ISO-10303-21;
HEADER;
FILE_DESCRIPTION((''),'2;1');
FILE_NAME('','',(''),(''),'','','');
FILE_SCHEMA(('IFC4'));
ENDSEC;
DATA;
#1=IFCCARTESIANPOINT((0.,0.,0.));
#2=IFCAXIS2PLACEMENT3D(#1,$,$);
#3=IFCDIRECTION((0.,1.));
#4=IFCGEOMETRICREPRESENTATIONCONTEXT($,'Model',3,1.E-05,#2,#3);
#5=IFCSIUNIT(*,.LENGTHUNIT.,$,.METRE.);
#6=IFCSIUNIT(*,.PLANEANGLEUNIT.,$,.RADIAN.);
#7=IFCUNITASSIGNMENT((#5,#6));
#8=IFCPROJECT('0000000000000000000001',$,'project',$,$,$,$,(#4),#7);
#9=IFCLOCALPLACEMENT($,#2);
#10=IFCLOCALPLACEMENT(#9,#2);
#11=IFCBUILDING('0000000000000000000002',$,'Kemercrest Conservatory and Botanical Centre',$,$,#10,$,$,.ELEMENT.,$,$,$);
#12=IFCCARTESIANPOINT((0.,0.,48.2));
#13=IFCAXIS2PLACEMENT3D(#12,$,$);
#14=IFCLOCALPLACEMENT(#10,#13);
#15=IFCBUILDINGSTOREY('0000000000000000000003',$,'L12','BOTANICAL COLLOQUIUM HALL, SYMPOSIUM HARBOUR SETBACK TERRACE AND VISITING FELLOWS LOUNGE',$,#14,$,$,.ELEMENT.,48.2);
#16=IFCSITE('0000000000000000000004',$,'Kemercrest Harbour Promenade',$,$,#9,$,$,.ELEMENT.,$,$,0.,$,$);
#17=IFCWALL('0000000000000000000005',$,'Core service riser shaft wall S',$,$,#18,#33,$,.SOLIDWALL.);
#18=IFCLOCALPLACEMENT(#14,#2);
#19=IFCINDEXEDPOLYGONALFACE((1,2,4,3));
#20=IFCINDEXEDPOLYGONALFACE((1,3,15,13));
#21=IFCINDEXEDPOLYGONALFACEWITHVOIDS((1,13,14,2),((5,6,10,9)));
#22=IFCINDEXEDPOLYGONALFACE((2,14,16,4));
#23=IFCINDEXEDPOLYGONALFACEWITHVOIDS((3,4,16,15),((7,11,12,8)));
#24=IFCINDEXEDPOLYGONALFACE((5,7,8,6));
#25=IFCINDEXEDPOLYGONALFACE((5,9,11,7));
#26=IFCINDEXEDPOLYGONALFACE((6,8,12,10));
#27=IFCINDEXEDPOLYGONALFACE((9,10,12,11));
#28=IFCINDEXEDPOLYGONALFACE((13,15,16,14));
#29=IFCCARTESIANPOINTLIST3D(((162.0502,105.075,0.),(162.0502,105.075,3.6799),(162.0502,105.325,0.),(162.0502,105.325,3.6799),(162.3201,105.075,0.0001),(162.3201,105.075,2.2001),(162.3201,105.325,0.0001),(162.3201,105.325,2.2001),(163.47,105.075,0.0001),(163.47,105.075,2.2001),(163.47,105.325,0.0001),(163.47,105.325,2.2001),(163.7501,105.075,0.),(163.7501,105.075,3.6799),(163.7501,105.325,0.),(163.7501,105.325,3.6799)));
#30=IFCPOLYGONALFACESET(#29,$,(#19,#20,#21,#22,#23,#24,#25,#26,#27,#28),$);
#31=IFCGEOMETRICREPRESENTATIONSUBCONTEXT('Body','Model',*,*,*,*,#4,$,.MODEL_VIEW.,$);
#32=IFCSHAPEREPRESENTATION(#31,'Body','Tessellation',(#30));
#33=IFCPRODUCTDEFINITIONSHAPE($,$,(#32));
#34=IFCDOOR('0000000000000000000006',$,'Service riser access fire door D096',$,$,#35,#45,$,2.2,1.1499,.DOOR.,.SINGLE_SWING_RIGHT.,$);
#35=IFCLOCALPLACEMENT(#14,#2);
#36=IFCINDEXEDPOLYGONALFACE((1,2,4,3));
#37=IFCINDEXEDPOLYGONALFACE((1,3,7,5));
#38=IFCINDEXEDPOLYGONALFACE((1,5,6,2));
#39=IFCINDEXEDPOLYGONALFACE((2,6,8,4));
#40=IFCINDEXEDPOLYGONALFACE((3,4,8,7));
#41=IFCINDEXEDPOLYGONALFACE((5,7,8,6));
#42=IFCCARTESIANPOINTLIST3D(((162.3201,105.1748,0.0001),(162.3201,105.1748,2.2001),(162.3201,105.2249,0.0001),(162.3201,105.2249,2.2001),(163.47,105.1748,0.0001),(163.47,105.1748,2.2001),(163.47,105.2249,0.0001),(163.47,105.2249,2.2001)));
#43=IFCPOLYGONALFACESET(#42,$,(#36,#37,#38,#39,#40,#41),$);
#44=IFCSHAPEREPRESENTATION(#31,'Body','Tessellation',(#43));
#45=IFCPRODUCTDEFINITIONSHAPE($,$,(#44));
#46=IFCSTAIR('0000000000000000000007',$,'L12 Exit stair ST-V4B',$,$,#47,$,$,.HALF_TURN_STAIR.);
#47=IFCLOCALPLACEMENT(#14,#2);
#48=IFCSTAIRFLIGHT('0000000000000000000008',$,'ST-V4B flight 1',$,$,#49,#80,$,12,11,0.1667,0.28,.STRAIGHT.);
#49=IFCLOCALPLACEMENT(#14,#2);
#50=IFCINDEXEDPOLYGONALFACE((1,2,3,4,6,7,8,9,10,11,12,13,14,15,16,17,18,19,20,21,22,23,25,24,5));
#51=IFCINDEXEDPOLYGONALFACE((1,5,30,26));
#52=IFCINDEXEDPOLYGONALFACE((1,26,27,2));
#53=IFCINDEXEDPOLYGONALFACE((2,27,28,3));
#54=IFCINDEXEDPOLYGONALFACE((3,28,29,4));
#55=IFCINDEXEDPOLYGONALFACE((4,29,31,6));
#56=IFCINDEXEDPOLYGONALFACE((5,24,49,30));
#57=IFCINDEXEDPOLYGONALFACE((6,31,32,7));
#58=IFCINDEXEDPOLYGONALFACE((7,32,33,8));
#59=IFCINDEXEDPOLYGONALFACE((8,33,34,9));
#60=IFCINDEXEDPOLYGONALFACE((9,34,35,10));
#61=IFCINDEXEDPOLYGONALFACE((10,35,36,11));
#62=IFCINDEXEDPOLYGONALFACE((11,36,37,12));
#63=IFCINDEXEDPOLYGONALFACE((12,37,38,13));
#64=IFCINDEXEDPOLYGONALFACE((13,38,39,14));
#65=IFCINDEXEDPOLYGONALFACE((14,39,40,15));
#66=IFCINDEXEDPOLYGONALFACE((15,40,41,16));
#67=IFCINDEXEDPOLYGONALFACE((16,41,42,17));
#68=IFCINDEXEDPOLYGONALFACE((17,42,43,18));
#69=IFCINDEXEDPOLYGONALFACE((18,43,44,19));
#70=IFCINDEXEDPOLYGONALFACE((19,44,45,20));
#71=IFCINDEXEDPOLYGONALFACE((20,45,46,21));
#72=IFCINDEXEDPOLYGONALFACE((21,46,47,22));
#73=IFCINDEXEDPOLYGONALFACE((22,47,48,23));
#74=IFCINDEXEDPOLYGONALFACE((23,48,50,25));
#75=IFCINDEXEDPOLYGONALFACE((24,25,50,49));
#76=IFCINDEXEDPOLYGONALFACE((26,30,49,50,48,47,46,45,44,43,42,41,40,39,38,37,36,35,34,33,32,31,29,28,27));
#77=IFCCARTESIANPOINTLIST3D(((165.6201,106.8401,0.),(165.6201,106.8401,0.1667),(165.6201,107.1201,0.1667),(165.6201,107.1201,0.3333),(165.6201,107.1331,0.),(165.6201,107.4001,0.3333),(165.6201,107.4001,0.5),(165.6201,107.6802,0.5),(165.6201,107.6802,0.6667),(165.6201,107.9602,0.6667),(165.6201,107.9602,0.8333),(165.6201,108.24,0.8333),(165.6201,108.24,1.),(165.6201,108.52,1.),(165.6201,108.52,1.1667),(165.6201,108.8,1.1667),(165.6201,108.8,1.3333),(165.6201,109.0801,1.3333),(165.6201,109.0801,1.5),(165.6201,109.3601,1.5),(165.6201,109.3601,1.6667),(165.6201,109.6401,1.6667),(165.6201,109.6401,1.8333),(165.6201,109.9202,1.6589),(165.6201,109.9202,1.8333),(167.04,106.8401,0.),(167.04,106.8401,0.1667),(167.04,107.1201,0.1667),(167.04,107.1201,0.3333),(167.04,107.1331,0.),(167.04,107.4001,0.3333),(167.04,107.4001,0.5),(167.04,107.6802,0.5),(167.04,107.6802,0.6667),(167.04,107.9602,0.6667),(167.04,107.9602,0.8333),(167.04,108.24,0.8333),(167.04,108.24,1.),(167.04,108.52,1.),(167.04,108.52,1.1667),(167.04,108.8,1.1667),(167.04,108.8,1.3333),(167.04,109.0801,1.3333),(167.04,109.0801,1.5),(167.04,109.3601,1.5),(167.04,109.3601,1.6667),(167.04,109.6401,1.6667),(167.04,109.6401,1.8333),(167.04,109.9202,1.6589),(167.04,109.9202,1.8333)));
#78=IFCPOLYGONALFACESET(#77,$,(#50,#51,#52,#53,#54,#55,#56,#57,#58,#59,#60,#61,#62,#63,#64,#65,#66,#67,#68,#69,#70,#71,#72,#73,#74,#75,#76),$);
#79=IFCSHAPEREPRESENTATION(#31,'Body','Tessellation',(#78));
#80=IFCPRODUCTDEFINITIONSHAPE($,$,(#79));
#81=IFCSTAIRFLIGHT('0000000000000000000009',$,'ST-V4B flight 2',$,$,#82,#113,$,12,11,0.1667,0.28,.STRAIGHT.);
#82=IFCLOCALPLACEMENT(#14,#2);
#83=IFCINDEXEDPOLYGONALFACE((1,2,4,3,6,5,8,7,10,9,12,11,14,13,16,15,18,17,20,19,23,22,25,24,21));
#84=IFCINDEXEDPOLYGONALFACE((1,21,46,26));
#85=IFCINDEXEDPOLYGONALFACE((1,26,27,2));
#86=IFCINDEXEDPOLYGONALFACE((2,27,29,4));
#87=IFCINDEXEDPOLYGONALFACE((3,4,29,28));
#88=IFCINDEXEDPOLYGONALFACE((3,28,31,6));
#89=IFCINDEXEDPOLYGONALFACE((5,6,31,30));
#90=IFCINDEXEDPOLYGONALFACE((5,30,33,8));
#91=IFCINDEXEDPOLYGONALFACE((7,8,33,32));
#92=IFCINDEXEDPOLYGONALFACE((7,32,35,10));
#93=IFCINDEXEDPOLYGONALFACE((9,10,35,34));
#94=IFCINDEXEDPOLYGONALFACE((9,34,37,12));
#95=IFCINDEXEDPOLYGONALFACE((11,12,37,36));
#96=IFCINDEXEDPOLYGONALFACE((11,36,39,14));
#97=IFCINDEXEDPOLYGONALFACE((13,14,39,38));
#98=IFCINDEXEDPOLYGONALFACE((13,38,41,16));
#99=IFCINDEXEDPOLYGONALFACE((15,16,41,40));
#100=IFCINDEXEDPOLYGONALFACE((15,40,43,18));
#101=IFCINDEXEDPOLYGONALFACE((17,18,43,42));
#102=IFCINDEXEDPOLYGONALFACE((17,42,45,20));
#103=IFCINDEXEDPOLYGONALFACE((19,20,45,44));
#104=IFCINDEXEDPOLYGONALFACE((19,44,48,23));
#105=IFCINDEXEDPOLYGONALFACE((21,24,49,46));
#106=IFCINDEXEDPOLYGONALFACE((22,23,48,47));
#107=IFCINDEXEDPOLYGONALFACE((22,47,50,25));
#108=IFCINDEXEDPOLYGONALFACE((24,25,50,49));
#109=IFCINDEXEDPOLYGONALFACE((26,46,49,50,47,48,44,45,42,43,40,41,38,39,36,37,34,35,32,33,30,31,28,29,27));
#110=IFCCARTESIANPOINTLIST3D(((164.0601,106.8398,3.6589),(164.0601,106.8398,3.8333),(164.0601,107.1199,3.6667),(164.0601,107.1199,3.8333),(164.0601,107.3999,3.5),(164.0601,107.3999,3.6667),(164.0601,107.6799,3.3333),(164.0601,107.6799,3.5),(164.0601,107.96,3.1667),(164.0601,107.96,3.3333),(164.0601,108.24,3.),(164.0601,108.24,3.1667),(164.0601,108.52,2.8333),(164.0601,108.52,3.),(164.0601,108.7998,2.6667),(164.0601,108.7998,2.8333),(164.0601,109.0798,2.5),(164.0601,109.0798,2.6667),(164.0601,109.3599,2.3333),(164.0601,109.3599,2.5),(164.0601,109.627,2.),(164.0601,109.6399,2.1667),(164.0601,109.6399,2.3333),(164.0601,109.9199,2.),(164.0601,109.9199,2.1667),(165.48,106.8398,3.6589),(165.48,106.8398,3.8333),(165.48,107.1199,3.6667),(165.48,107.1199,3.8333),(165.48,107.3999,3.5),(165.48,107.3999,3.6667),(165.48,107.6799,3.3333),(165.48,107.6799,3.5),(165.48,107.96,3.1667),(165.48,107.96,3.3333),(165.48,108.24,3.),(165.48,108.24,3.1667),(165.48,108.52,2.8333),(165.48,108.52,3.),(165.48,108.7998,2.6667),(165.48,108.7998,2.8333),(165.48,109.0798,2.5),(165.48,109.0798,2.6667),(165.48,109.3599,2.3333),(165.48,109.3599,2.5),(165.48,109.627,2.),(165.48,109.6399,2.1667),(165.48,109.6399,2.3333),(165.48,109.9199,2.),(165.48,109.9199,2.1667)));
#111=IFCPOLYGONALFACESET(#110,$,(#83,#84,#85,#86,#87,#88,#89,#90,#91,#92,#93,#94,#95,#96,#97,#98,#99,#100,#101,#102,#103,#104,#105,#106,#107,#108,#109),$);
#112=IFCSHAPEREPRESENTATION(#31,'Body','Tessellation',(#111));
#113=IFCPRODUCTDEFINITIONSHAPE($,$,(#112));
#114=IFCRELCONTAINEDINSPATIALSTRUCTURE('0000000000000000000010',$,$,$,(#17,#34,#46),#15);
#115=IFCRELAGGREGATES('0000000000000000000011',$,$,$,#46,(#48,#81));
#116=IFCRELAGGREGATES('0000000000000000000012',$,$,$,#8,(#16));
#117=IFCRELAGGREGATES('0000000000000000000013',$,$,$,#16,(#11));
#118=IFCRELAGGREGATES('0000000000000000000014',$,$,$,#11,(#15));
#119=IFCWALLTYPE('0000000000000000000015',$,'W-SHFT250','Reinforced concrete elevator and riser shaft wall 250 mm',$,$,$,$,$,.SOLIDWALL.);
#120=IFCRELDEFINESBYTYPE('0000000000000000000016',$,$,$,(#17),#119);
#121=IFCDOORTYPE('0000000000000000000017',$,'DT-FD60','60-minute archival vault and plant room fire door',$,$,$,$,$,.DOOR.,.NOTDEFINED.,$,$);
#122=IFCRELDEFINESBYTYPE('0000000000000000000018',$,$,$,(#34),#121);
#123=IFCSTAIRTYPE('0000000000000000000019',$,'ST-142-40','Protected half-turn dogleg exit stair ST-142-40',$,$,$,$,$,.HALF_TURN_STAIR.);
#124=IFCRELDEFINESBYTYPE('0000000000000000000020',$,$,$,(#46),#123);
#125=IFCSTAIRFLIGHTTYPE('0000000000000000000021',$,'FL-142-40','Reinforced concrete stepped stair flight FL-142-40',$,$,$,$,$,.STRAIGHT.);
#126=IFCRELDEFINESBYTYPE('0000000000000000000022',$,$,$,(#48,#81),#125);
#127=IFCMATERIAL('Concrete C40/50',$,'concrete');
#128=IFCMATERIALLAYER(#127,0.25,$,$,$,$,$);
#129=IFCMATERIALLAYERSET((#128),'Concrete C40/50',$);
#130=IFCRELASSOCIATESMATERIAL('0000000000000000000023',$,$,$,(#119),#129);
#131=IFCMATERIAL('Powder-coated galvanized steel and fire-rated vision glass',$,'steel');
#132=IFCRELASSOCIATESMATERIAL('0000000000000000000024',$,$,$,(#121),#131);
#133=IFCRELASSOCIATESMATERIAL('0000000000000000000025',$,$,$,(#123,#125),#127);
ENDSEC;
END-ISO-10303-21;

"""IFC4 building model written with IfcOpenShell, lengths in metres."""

from ifc_helpers import new_model, si_unit, direction, frame, frame_2d, origin, place, context, subcontext, project, spatial, polyline, rectangle, outline, extrude, material, layer, layer_set, type_object, element, fill, aggregate, save


model = new_model("IFC4")

# Units and contexts
model_context = context("Model", 3, precision=1e-05, world=origin(), true_north=direction((0.0, 1.0)))
body_context = subcontext(model_context, "Body", "Model", "MODEL_VIEW")
ifc_project = project(units=[si_unit("LENGTHUNIT", "METRE"), si_unit("PLANEANGLEUNIT", "RADIAN")], contexts=[model_context])

# Site, building, storey
site_placement = place(None, origin())
site = spatial("IfcSite", under=ifc_project, at=site_placement, Name="Kemercrest Harbour Promenade", CompositionType="ELEMENT", RefElevation=0.0)
building_placement = place(site_placement, origin())
building = spatial("IfcBuilding", under=site, at=building_placement, Name="Kemercrest Conservatory and Botanical Centre", CompositionType="ELEMENT")
storey_placement = place(building_placement, frame((0.0, 0.0, 48.2)))
storey = spatial("IfcBuildingStorey", under=building, at=storey_placement, Name="L12", Description="BOTANICAL COLLOQUIUM HALL, SYMPOSIUM HARBOUR SETBACK TERRACE AND VISITING FELLOWS LOUNGE", CompositionType="ELEMENT", Elevation=48.2)

# Shared definitions
ifc_material_1 = material(Name="Powder-coated galvanized steel and fire-rated vision glass", Category="steel")

# Shared definitions
ifc_material_2 = material(Name="Concrete C40/50", Category="concrete")
ifc_layer_1 = layer(ifc_material_2, 0.25)
ifc_layer_set_1 = layer_set([ifc_layer_1], Name="Concrete C40/50")
wall_type_1 = type_object("IfcWallType", Name="W-SHFT250", Description="Reinforced concrete elevator and riser shaft wall 250 mm", PredefinedType="SOLIDWALL", material=ifc_layer_set_1)

# Wall, opening, door
wall_1_placement = place(storey_placement, frame((162.05, 105.2, 0.0), z_axis=(0.0, 0.0, 1.0), x_axis=(1.0, 0.0, 0.0)))
wall_1 = element("IfcWall", 1, at=wall_1_placement, inside=storey, type_object=wall_type_1, Name="Core service riser shaft wall S", PredefinedType="SOLIDWALL", context=body_context, shape_type="SweptSolid", body=[
    extrude(rectangle(XDim=1.7, YDim=0.25, at=frame_2d((0.8501, 0.0))), origin(), (0.0, 0.0, 1.0), 3.6799),
])
opening_1_placement = place(wall_1_placement, frame((0.27, 0.0, 0.0)))
opening_1 = element("IfcOpeningElement", 2, at=opening_1_placement, cuts=wall_1, PredefinedType="OPENING", context=body_context, shape_type="SweptSolid", body=[
    extrude(rectangle(XDim=1.1499, YDim=2.2, at=frame_2d((0.575, 1.1001))), frame((0.0, 0.135, 0.0), z_axis=(0.0, -1.0, 0.0), x_axis=(1.0, 0.0, 0.0)), (0.0, 0.0, 1.0), 0.27),
])
door_type_1 = type_object("IfcDoorType", Name="DT-FD60", Description="60-minute archival vault and plant room fire door", OperationType="NOTDEFINED", PredefinedType="DOOR", material=ifc_material_1)
door_1_placement = place(opening_1_placement, origin())
door_1 = element("IfcDoor", 3, at=door_1_placement, inside=storey, type_object=door_type_1, Name="Service riser access fire door D096", OperationType="SINGLE_SWING_RIGHT", OverallHeight=2.2, OverallWidth=1.1499, PredefinedType="DOOR", context=body_context, shape_type="SweptSolid", body=[
    extrude(rectangle(XDim=1.1499, YDim=2.2, at=frame_2d((0.575, 1.1001))), frame((0.0, 0.0249, 0.0), z_axis=(0.0, -1.0, 0.0), x_axis=(1.0, 0.0, 0.0)), (0.0, 0.0, 1.0), 0.05),
])
fill(opening_1, door_1)

# Stair, stair flights
stair_type = type_object("IfcStairType", Name="ST-142-40", Description="Protected half-turn dogleg exit stair ST-142-40", PredefinedType="HALF_TURN_STAIR", material=ifc_material_2)
stair_placement = place(storey_placement, origin())
stair = element("IfcStair", 4, at=stair_placement, inside=storey, type_object=stair_type, Name="L12 Exit stair ST-V4B", PredefinedType="HALF_TURN_STAIR")
stair_flight_type = type_object("IfcStairFlightType", Name="FL-142-40", Description="Reinforced concrete stepped stair flight FL-142-40", PredefinedType="STRAIGHT", material=ifc_material_2)
stair_flight_1_placement = place(storey_placement, frame((166.3301, 106.8401, 0.0), z_axis=(0.0, 0.0, 1.0), x_axis=(0.0, 1.0, 0.0)))
stair_flight_1 = element("IfcStairFlight", 5, at=stair_flight_1_placement, type_object=stair_flight_type, Name="ST-V4B flight 1", NumberOfRisers=12, NumberOfTreads=11, PredefinedType="STRAIGHT", RiserHeight=0.1667, TreadLength=0.28, context=body_context, shape_type="SweptSolid", body=[
    extrude(outline(polyline([(0.0, 0.0), (0.0, 0.1667), (0.28, 0.1667), (0.28, 0.3333), (0.5601, 0.3333), (0.5601, 0.5), (0.8401, 0.5), (0.8401, 0.6667), (1.1201, 0.6667), (1.1201, 0.8333), (1.3999, 0.8333), (1.3999, 1.0), (1.6799, 1.0), (1.6799, 1.1667), (1.96, 1.1667), (1.96, 1.3333), (2.24, 1.3333), (2.24, 1.5), (2.52, 1.5), (2.52, 1.6667), (2.8, 1.6667), (2.8, 1.8333), (3.0801, 1.8333), (3.0801, 2.0), (3.0801, 1.6589), (0.293, 0.0), (0.0, 0.0)])), frame((0.0, 0.71, 0.0), z_axis=(0.0, -1.0, 0.0), x_axis=(1.0, 0.0, 0.0)), (0.0, 0.0, 1.0), 1.4199),
])
stair_flight_2_placement = place(storey_placement, frame((164.77, 109.9199, 2.0), z_axis=(0.0, 0.0, 1.0), x_axis=(0.0, -1.0, 0.0)))
stair_flight_2 = element("IfcStairFlight", 6, at=stair_flight_2_placement, type_object=stair_flight_type, Name="ST-V4B flight 2", NumberOfRisers=12, NumberOfTreads=11, PredefinedType="STRAIGHT", RiserHeight=0.1667, TreadLength=0.28, context=body_context, shape_type="SweptSolid", body=[
    extrude(outline(polyline([(0.0, 0.0), (0.0, 0.1667), (0.28, 0.1667), (0.28, 0.3333), (0.5601, 0.3333), (0.5601, 0.5), (0.8401, 0.5), (0.8401, 0.6667), (1.1201, 0.6667), (1.1201, 0.8333), (1.3999, 0.8333), (1.3999, 1.0), (1.6799, 1.0), (1.6799, 1.1667), (1.96, 1.1667), (1.96, 1.3333), (2.24, 1.3333), (2.24, 1.5), (2.52, 1.5), (2.52, 1.6667), (2.8, 1.6667), (2.8, 1.8333), (3.0801, 1.8333), (3.0801, 2.0), (3.0801, 1.6589), (0.293, 0.0), (0.0, 0.0)])), frame((0.0, 0.71, 0.0), z_axis=(0.0, -1.0, 0.0), x_axis=(1.0, 0.0, 0.0)), (0.0, 0.0, 1.0), 1.4199),
])
aggregate(stair, [stair_flight_1, stair_flight_2])

save(model, "model.ifc")
